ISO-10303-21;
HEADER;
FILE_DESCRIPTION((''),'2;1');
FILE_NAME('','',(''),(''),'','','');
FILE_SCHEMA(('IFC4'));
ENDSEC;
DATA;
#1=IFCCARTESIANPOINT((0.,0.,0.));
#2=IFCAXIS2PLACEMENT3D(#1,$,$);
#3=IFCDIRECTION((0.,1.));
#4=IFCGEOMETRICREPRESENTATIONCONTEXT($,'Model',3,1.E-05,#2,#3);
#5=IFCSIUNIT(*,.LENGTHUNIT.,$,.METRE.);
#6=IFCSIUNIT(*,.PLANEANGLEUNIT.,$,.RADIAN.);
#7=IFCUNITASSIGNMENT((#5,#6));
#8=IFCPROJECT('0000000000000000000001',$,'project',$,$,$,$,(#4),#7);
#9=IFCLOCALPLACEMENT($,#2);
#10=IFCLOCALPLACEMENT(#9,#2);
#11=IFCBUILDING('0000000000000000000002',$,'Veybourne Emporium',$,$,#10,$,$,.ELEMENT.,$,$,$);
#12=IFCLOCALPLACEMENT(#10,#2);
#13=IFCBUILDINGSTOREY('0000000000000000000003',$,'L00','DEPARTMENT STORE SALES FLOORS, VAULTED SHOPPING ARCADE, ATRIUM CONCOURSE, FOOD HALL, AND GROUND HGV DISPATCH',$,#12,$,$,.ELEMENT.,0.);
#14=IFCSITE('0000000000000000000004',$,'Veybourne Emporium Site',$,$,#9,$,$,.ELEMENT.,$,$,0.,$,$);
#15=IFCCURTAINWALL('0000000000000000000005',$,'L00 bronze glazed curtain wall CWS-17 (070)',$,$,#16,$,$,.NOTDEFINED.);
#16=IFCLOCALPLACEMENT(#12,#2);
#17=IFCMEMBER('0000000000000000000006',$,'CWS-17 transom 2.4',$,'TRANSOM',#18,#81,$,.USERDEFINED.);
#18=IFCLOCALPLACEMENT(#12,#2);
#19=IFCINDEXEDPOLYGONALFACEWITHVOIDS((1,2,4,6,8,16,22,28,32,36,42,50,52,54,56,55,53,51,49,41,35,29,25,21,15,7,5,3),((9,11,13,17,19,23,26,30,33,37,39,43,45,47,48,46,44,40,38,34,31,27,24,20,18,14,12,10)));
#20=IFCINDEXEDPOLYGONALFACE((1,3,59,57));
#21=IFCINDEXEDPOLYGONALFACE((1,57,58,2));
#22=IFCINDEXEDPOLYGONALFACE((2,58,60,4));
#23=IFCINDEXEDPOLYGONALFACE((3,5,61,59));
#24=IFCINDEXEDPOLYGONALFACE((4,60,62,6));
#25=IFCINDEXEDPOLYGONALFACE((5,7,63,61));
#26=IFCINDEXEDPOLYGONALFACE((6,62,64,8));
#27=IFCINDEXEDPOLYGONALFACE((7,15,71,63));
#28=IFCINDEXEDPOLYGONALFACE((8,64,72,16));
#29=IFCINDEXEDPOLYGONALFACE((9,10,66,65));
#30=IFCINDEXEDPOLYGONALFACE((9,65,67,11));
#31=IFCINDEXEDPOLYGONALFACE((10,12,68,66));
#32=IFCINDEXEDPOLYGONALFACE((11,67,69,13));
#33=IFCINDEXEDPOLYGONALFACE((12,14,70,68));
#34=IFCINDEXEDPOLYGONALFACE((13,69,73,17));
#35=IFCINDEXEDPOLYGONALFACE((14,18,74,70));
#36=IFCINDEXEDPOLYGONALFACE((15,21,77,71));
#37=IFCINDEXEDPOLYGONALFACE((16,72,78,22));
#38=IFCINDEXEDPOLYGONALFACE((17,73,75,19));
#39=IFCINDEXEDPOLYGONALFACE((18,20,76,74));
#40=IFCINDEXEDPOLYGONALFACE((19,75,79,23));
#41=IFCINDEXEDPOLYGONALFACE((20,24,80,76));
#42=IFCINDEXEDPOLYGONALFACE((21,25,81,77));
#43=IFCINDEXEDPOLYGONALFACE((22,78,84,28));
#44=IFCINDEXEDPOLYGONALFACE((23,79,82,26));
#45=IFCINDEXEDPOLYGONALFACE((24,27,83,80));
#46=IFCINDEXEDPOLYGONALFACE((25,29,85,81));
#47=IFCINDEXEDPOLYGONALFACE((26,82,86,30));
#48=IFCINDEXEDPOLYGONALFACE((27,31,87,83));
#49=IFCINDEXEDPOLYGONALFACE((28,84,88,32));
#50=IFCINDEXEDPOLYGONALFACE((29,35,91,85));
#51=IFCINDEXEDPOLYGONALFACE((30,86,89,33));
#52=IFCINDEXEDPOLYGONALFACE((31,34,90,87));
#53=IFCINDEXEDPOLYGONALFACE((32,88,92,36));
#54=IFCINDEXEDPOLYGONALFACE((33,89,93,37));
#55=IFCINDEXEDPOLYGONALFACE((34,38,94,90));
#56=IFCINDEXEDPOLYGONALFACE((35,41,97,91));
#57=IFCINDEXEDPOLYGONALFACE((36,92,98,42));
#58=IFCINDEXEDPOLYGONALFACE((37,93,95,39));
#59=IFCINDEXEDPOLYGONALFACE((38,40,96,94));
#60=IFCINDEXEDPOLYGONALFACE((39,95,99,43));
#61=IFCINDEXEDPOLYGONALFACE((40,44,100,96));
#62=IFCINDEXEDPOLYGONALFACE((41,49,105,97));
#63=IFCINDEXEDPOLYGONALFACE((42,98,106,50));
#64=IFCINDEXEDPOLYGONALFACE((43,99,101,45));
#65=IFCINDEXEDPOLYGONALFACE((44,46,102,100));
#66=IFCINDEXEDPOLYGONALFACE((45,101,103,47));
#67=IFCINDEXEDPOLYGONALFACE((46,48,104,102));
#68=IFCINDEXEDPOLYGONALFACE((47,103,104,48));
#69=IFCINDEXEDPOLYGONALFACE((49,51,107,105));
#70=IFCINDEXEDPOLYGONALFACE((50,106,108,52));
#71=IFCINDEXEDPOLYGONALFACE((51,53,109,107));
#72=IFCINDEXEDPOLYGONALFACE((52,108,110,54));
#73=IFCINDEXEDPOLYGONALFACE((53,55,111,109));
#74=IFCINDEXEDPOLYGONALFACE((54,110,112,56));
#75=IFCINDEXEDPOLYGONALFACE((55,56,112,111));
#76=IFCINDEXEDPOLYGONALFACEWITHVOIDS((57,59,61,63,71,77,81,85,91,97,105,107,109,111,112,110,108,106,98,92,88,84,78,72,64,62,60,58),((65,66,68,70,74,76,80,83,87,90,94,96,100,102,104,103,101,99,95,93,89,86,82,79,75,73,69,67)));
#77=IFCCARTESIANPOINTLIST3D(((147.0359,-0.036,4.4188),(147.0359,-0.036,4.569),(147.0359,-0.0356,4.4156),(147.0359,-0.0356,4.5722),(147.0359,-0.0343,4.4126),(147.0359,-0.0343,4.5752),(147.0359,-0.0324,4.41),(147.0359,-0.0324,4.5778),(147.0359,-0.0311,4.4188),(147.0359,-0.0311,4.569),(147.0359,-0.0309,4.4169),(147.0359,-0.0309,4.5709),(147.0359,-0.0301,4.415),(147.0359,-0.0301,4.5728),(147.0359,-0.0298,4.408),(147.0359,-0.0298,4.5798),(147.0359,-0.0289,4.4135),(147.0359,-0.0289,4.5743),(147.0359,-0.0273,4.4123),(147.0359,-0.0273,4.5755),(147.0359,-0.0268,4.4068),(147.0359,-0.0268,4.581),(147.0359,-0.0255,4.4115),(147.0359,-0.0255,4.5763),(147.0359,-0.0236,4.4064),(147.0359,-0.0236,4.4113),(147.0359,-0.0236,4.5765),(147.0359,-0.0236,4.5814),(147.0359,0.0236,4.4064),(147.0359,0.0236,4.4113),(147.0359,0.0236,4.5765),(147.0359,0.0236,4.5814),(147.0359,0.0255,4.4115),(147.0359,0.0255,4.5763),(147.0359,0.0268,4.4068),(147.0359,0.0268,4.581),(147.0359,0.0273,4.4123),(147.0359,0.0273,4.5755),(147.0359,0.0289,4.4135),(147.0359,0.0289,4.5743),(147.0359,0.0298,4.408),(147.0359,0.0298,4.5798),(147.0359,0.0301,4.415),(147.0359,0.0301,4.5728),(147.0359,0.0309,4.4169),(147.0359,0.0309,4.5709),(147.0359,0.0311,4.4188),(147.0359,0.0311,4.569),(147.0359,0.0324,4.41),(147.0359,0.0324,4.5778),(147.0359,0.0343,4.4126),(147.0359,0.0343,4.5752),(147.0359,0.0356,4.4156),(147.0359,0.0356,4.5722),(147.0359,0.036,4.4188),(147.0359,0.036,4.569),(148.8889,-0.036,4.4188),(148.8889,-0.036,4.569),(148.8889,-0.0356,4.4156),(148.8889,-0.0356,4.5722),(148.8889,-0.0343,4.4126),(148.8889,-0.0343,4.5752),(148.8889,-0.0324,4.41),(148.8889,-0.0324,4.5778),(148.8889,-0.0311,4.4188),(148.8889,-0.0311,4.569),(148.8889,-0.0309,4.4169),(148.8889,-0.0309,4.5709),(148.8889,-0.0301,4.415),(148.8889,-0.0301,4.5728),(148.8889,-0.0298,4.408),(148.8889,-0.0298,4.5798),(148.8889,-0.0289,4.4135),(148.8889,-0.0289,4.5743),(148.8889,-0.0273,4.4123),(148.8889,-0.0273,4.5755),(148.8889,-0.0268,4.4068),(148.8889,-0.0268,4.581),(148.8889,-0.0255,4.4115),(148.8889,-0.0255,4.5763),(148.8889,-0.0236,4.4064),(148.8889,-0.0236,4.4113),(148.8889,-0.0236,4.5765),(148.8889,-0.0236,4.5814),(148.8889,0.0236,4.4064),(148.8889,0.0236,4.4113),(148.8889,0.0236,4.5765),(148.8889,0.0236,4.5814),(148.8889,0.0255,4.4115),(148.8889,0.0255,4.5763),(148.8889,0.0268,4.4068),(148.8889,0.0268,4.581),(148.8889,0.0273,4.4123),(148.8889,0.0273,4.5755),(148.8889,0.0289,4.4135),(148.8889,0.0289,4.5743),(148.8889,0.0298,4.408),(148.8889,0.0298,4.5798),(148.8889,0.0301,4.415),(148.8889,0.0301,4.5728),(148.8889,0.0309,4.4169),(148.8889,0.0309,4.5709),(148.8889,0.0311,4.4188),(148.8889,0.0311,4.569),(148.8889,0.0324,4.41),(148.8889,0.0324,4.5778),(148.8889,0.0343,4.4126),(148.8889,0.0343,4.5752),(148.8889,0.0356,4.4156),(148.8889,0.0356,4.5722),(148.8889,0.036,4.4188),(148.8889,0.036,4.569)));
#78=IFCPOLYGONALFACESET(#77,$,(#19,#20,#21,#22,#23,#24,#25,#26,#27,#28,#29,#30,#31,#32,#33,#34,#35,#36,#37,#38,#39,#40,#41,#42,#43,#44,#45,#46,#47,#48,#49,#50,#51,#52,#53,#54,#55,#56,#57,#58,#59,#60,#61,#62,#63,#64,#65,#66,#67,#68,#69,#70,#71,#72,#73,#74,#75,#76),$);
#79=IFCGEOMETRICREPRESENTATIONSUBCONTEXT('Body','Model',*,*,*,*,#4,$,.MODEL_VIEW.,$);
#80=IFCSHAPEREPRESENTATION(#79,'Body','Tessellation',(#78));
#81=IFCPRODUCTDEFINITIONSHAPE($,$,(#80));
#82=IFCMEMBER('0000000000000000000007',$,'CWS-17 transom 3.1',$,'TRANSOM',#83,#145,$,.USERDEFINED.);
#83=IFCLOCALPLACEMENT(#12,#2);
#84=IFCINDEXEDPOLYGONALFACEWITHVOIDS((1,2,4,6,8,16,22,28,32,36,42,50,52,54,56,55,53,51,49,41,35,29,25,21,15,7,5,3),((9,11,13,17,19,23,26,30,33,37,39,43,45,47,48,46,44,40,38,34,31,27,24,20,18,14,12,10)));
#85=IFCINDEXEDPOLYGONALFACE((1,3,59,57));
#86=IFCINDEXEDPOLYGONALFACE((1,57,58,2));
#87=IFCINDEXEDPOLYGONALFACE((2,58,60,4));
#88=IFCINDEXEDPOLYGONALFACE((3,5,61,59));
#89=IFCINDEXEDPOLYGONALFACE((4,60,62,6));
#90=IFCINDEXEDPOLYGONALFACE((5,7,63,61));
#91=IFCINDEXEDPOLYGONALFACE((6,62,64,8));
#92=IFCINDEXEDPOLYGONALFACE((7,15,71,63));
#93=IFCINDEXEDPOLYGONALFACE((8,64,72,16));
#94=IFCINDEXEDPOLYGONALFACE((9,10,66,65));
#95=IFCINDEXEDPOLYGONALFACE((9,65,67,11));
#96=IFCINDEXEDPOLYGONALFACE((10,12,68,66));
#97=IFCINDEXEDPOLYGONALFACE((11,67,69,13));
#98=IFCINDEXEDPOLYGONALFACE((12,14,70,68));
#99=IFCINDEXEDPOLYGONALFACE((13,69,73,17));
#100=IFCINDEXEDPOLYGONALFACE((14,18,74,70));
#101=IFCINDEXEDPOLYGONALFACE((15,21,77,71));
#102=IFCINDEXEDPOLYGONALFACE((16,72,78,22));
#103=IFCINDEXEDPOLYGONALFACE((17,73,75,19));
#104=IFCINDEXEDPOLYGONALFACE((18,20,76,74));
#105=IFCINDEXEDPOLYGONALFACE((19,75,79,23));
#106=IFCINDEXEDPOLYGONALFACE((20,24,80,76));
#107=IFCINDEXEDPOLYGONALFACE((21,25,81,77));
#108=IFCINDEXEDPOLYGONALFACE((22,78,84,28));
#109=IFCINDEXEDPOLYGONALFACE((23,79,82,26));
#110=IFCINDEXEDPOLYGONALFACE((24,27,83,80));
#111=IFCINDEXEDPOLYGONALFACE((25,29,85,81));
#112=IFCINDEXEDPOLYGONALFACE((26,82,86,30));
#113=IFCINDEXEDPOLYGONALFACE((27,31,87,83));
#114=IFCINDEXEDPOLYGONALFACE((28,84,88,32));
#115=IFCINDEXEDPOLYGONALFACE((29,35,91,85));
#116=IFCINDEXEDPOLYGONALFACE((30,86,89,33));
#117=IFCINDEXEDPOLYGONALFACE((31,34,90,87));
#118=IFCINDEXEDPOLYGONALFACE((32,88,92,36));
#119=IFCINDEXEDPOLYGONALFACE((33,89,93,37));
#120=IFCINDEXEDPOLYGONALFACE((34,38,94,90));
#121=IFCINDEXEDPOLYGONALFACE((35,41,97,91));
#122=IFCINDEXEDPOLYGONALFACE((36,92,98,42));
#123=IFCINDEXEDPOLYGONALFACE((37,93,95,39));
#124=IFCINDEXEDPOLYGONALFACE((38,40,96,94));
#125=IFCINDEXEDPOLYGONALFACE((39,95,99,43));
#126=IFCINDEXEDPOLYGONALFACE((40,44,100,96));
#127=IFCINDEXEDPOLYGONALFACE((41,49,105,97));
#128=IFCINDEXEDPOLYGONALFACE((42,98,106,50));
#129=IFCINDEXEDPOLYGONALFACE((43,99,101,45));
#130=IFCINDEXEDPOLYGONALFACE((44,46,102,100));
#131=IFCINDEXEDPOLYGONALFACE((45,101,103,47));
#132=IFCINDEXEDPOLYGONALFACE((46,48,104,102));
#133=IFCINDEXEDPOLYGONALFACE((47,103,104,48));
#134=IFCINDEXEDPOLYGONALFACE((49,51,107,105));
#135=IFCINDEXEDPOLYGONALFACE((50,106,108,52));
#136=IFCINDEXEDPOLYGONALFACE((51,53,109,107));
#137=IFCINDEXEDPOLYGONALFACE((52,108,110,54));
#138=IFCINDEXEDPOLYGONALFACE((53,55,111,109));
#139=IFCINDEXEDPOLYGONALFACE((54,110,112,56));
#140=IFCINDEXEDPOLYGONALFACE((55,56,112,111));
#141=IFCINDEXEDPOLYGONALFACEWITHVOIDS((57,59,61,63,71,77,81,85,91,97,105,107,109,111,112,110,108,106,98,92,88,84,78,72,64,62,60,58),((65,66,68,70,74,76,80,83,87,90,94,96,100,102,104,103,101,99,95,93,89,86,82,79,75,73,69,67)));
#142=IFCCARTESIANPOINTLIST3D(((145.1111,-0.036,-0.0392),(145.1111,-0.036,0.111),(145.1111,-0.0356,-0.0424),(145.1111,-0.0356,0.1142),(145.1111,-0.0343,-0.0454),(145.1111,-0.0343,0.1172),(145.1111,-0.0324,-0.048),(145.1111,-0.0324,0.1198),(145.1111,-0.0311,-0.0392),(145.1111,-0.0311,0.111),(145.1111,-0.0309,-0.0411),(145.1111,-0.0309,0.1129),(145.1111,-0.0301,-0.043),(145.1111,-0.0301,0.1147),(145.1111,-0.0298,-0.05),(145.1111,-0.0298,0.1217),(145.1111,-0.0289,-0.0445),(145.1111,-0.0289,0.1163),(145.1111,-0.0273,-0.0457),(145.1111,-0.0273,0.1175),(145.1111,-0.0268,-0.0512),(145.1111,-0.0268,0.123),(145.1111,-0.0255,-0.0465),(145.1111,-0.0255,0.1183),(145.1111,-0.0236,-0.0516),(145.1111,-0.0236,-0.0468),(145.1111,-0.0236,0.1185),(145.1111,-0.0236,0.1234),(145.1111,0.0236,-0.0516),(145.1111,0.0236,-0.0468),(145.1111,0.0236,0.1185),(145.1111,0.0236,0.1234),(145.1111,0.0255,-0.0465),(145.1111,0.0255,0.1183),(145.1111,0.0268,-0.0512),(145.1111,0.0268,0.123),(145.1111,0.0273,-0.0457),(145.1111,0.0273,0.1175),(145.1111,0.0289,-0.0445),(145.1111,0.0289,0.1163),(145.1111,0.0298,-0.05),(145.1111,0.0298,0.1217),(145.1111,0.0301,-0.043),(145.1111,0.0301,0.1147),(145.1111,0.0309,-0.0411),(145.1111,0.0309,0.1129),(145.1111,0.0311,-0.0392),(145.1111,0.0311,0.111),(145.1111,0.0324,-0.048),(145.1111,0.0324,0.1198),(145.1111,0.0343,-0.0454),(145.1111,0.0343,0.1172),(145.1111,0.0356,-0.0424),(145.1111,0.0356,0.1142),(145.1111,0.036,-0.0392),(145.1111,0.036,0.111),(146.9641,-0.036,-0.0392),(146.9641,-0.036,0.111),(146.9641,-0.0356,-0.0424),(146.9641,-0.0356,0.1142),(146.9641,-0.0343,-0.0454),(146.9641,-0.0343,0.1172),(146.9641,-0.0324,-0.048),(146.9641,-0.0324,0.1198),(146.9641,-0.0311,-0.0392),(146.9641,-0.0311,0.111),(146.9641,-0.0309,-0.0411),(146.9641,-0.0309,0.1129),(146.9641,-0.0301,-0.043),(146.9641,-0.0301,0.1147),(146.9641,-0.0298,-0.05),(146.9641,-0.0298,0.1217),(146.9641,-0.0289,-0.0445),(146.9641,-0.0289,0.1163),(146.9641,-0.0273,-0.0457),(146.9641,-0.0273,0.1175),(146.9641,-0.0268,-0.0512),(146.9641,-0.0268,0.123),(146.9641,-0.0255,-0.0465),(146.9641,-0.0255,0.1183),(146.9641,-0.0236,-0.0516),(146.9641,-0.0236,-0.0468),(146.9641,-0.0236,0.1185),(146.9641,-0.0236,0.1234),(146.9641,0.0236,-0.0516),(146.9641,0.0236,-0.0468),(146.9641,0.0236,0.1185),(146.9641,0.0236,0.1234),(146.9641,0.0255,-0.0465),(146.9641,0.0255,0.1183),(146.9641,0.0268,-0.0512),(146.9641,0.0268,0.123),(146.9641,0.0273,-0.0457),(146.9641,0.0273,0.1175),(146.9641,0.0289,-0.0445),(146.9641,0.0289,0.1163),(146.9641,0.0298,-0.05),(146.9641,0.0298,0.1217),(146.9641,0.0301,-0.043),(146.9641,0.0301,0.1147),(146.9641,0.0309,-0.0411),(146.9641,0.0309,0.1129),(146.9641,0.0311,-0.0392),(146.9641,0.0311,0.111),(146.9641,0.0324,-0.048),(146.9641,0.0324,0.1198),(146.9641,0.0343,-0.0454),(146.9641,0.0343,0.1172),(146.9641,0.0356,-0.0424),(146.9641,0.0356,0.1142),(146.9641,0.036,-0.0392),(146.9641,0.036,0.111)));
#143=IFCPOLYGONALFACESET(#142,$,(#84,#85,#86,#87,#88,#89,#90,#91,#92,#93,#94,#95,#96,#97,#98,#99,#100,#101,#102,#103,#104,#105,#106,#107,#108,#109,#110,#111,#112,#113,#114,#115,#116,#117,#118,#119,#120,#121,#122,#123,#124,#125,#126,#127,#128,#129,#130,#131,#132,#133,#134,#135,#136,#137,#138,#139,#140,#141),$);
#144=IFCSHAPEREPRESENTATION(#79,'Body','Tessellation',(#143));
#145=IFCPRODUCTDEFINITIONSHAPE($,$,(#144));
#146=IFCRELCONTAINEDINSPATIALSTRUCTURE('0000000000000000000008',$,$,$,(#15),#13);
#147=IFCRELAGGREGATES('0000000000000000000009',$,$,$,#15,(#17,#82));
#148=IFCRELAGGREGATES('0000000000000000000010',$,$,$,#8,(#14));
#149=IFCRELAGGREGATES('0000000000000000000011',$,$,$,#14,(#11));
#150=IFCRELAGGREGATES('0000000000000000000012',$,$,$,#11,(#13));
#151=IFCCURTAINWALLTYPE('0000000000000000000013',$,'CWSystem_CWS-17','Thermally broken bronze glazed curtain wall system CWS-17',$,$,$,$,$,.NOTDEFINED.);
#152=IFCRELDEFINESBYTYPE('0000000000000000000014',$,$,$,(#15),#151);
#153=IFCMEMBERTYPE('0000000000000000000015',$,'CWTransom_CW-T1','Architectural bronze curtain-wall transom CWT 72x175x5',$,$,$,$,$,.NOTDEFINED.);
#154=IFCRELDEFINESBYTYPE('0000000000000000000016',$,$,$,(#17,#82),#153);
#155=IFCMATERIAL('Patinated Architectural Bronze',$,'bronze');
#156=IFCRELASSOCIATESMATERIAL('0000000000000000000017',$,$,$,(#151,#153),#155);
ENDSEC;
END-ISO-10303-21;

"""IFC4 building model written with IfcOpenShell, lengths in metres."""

from ifc_helpers import new_model, si_unit, direction, frame, origin, origin_2d, place, context, subcontext, project, spatial, hollow_rectangle, extrude, material, material_profile, profile_set, type_object, element, aggregate, save


model = new_model("IFC4")

# Units and contexts
model_context = context("Model", 3, precision=1e-05, world=origin(), true_north=direction((0.0, 1.0)))
body_context = subcontext(model_context, "Body", "Model", "MODEL_VIEW")
ifc_project = project(units=[si_unit("LENGTHUNIT", "METRE"), si_unit("PLANEANGLEUNIT", "RADIAN")], contexts=[model_context])

# Site, building, storey
site_placement = place(None, origin())
site = spatial("IfcSite", under=ifc_project, at=site_placement, Name="Veybourne Emporium Site", CompositionType="ELEMENT", RefElevation=0.0)
building_placement = place(site_placement, origin())
building = spatial("IfcBuilding", under=site, at=building_placement, Name="Veybourne Emporium", CompositionType="ELEMENT")
storey_placement = place(building_placement, origin())
storey = spatial("IfcBuildingStorey", under=building, at=storey_placement, Name="L00", Description="DEPARTMENT STORE SALES FLOORS, VAULTED SHOPPING ARCADE, ATRIUM CONCOURSE, FOOD HALL, AND GROUND HGV DISPATCH", CompositionType="ELEMENT", Elevation=0.0)

# Curtain wall, members
ifc_material_1 = material(Name="Patinated Architectural Bronze", Category="bronze")
curtain_wall_type = type_object("IfcCurtainWallType", Name="CWSystem_CWS-17", Description="Thermally broken bronze glazed curtain wall system CWS-17", PredefinedType="NOTDEFINED", material=ifc_material_1)
curtain_wall_placement = place(storey_placement, origin())
curtain_wall = element("IfcCurtainWall", 1, at=curtain_wall_placement, inside=storey, type_object=curtain_wall_type, Name="L00 bronze glazed curtain wall CWS-17 (070)", PredefinedType="NOTDEFINED")
ifc_material_profile_1 = material_profile(ifc_material_1, hollow_rectangle(XDim=0.072, YDim=0.175, WallThickness=0.0049, InnerFilletRadius=0.0076, OuterFilletRadius=0.0125, at=origin_2d()), Name="CWT 72x175x5")
ifc_profile_set_1 = profile_set([ifc_material_profile_1], Name="Patinated Architectural Bronze")
member_type_1 = type_object("IfcMemberType", Name="CWTransom_CW-T1", Description="Architectural bronze curtain-wall transom CWT 72x175x5", PredefinedType="NOTDEFINED", material=ifc_profile_set_1)
member_1_placement = place(storey_placement, frame((148.8889, 0.0, 4.4939), z_axis=(-1.0, 0.0, 0.0), x_axis=(0.0, -1.0, 0.0)))
member_1 = element("IfcMember", 2, at=member_1_placement, type_object=member_type_1, Name="CWS-17 transom 2.4", ObjectType="TRANSOM", PredefinedType="USERDEFINED", context=body_context, shape_type="SweptSolid", body=[
    extrude(hollow_rectangle(XDim=0.072, YDim=0.175, WallThickness=0.0049, InnerFilletRadius=0.0076, OuterFilletRadius=0.0125, at=origin_2d()), origin(), (0.0, 0.0, 1.0), 1.853),
])
member_2_placement = place(storey_placement, frame((146.9641, 0.0, 0.0359), z_axis=(-1.0, 0.0, 0.0), x_axis=(0.0, -1.0, 0.0)))
member_2 = element("IfcMember", 3, at=member_2_placement, type_object=member_type_1, Name="CWS-17 transom 3.1", ObjectType="TRANSOM", PredefinedType="USERDEFINED", context=body_context, shape_type="SweptSolid", body=[
    extrude(hollow_rectangle(XDim=0.072, YDim=0.175, WallThickness=0.0049, InnerFilletRadius=0.0076, OuterFilletRadius=0.0125, at=origin_2d()), origin(), (0.0, 0.0, 1.0), 1.853),
])

aggregate(curtain_wall, [member_1, member_2])

save(model, "model.ifc")
